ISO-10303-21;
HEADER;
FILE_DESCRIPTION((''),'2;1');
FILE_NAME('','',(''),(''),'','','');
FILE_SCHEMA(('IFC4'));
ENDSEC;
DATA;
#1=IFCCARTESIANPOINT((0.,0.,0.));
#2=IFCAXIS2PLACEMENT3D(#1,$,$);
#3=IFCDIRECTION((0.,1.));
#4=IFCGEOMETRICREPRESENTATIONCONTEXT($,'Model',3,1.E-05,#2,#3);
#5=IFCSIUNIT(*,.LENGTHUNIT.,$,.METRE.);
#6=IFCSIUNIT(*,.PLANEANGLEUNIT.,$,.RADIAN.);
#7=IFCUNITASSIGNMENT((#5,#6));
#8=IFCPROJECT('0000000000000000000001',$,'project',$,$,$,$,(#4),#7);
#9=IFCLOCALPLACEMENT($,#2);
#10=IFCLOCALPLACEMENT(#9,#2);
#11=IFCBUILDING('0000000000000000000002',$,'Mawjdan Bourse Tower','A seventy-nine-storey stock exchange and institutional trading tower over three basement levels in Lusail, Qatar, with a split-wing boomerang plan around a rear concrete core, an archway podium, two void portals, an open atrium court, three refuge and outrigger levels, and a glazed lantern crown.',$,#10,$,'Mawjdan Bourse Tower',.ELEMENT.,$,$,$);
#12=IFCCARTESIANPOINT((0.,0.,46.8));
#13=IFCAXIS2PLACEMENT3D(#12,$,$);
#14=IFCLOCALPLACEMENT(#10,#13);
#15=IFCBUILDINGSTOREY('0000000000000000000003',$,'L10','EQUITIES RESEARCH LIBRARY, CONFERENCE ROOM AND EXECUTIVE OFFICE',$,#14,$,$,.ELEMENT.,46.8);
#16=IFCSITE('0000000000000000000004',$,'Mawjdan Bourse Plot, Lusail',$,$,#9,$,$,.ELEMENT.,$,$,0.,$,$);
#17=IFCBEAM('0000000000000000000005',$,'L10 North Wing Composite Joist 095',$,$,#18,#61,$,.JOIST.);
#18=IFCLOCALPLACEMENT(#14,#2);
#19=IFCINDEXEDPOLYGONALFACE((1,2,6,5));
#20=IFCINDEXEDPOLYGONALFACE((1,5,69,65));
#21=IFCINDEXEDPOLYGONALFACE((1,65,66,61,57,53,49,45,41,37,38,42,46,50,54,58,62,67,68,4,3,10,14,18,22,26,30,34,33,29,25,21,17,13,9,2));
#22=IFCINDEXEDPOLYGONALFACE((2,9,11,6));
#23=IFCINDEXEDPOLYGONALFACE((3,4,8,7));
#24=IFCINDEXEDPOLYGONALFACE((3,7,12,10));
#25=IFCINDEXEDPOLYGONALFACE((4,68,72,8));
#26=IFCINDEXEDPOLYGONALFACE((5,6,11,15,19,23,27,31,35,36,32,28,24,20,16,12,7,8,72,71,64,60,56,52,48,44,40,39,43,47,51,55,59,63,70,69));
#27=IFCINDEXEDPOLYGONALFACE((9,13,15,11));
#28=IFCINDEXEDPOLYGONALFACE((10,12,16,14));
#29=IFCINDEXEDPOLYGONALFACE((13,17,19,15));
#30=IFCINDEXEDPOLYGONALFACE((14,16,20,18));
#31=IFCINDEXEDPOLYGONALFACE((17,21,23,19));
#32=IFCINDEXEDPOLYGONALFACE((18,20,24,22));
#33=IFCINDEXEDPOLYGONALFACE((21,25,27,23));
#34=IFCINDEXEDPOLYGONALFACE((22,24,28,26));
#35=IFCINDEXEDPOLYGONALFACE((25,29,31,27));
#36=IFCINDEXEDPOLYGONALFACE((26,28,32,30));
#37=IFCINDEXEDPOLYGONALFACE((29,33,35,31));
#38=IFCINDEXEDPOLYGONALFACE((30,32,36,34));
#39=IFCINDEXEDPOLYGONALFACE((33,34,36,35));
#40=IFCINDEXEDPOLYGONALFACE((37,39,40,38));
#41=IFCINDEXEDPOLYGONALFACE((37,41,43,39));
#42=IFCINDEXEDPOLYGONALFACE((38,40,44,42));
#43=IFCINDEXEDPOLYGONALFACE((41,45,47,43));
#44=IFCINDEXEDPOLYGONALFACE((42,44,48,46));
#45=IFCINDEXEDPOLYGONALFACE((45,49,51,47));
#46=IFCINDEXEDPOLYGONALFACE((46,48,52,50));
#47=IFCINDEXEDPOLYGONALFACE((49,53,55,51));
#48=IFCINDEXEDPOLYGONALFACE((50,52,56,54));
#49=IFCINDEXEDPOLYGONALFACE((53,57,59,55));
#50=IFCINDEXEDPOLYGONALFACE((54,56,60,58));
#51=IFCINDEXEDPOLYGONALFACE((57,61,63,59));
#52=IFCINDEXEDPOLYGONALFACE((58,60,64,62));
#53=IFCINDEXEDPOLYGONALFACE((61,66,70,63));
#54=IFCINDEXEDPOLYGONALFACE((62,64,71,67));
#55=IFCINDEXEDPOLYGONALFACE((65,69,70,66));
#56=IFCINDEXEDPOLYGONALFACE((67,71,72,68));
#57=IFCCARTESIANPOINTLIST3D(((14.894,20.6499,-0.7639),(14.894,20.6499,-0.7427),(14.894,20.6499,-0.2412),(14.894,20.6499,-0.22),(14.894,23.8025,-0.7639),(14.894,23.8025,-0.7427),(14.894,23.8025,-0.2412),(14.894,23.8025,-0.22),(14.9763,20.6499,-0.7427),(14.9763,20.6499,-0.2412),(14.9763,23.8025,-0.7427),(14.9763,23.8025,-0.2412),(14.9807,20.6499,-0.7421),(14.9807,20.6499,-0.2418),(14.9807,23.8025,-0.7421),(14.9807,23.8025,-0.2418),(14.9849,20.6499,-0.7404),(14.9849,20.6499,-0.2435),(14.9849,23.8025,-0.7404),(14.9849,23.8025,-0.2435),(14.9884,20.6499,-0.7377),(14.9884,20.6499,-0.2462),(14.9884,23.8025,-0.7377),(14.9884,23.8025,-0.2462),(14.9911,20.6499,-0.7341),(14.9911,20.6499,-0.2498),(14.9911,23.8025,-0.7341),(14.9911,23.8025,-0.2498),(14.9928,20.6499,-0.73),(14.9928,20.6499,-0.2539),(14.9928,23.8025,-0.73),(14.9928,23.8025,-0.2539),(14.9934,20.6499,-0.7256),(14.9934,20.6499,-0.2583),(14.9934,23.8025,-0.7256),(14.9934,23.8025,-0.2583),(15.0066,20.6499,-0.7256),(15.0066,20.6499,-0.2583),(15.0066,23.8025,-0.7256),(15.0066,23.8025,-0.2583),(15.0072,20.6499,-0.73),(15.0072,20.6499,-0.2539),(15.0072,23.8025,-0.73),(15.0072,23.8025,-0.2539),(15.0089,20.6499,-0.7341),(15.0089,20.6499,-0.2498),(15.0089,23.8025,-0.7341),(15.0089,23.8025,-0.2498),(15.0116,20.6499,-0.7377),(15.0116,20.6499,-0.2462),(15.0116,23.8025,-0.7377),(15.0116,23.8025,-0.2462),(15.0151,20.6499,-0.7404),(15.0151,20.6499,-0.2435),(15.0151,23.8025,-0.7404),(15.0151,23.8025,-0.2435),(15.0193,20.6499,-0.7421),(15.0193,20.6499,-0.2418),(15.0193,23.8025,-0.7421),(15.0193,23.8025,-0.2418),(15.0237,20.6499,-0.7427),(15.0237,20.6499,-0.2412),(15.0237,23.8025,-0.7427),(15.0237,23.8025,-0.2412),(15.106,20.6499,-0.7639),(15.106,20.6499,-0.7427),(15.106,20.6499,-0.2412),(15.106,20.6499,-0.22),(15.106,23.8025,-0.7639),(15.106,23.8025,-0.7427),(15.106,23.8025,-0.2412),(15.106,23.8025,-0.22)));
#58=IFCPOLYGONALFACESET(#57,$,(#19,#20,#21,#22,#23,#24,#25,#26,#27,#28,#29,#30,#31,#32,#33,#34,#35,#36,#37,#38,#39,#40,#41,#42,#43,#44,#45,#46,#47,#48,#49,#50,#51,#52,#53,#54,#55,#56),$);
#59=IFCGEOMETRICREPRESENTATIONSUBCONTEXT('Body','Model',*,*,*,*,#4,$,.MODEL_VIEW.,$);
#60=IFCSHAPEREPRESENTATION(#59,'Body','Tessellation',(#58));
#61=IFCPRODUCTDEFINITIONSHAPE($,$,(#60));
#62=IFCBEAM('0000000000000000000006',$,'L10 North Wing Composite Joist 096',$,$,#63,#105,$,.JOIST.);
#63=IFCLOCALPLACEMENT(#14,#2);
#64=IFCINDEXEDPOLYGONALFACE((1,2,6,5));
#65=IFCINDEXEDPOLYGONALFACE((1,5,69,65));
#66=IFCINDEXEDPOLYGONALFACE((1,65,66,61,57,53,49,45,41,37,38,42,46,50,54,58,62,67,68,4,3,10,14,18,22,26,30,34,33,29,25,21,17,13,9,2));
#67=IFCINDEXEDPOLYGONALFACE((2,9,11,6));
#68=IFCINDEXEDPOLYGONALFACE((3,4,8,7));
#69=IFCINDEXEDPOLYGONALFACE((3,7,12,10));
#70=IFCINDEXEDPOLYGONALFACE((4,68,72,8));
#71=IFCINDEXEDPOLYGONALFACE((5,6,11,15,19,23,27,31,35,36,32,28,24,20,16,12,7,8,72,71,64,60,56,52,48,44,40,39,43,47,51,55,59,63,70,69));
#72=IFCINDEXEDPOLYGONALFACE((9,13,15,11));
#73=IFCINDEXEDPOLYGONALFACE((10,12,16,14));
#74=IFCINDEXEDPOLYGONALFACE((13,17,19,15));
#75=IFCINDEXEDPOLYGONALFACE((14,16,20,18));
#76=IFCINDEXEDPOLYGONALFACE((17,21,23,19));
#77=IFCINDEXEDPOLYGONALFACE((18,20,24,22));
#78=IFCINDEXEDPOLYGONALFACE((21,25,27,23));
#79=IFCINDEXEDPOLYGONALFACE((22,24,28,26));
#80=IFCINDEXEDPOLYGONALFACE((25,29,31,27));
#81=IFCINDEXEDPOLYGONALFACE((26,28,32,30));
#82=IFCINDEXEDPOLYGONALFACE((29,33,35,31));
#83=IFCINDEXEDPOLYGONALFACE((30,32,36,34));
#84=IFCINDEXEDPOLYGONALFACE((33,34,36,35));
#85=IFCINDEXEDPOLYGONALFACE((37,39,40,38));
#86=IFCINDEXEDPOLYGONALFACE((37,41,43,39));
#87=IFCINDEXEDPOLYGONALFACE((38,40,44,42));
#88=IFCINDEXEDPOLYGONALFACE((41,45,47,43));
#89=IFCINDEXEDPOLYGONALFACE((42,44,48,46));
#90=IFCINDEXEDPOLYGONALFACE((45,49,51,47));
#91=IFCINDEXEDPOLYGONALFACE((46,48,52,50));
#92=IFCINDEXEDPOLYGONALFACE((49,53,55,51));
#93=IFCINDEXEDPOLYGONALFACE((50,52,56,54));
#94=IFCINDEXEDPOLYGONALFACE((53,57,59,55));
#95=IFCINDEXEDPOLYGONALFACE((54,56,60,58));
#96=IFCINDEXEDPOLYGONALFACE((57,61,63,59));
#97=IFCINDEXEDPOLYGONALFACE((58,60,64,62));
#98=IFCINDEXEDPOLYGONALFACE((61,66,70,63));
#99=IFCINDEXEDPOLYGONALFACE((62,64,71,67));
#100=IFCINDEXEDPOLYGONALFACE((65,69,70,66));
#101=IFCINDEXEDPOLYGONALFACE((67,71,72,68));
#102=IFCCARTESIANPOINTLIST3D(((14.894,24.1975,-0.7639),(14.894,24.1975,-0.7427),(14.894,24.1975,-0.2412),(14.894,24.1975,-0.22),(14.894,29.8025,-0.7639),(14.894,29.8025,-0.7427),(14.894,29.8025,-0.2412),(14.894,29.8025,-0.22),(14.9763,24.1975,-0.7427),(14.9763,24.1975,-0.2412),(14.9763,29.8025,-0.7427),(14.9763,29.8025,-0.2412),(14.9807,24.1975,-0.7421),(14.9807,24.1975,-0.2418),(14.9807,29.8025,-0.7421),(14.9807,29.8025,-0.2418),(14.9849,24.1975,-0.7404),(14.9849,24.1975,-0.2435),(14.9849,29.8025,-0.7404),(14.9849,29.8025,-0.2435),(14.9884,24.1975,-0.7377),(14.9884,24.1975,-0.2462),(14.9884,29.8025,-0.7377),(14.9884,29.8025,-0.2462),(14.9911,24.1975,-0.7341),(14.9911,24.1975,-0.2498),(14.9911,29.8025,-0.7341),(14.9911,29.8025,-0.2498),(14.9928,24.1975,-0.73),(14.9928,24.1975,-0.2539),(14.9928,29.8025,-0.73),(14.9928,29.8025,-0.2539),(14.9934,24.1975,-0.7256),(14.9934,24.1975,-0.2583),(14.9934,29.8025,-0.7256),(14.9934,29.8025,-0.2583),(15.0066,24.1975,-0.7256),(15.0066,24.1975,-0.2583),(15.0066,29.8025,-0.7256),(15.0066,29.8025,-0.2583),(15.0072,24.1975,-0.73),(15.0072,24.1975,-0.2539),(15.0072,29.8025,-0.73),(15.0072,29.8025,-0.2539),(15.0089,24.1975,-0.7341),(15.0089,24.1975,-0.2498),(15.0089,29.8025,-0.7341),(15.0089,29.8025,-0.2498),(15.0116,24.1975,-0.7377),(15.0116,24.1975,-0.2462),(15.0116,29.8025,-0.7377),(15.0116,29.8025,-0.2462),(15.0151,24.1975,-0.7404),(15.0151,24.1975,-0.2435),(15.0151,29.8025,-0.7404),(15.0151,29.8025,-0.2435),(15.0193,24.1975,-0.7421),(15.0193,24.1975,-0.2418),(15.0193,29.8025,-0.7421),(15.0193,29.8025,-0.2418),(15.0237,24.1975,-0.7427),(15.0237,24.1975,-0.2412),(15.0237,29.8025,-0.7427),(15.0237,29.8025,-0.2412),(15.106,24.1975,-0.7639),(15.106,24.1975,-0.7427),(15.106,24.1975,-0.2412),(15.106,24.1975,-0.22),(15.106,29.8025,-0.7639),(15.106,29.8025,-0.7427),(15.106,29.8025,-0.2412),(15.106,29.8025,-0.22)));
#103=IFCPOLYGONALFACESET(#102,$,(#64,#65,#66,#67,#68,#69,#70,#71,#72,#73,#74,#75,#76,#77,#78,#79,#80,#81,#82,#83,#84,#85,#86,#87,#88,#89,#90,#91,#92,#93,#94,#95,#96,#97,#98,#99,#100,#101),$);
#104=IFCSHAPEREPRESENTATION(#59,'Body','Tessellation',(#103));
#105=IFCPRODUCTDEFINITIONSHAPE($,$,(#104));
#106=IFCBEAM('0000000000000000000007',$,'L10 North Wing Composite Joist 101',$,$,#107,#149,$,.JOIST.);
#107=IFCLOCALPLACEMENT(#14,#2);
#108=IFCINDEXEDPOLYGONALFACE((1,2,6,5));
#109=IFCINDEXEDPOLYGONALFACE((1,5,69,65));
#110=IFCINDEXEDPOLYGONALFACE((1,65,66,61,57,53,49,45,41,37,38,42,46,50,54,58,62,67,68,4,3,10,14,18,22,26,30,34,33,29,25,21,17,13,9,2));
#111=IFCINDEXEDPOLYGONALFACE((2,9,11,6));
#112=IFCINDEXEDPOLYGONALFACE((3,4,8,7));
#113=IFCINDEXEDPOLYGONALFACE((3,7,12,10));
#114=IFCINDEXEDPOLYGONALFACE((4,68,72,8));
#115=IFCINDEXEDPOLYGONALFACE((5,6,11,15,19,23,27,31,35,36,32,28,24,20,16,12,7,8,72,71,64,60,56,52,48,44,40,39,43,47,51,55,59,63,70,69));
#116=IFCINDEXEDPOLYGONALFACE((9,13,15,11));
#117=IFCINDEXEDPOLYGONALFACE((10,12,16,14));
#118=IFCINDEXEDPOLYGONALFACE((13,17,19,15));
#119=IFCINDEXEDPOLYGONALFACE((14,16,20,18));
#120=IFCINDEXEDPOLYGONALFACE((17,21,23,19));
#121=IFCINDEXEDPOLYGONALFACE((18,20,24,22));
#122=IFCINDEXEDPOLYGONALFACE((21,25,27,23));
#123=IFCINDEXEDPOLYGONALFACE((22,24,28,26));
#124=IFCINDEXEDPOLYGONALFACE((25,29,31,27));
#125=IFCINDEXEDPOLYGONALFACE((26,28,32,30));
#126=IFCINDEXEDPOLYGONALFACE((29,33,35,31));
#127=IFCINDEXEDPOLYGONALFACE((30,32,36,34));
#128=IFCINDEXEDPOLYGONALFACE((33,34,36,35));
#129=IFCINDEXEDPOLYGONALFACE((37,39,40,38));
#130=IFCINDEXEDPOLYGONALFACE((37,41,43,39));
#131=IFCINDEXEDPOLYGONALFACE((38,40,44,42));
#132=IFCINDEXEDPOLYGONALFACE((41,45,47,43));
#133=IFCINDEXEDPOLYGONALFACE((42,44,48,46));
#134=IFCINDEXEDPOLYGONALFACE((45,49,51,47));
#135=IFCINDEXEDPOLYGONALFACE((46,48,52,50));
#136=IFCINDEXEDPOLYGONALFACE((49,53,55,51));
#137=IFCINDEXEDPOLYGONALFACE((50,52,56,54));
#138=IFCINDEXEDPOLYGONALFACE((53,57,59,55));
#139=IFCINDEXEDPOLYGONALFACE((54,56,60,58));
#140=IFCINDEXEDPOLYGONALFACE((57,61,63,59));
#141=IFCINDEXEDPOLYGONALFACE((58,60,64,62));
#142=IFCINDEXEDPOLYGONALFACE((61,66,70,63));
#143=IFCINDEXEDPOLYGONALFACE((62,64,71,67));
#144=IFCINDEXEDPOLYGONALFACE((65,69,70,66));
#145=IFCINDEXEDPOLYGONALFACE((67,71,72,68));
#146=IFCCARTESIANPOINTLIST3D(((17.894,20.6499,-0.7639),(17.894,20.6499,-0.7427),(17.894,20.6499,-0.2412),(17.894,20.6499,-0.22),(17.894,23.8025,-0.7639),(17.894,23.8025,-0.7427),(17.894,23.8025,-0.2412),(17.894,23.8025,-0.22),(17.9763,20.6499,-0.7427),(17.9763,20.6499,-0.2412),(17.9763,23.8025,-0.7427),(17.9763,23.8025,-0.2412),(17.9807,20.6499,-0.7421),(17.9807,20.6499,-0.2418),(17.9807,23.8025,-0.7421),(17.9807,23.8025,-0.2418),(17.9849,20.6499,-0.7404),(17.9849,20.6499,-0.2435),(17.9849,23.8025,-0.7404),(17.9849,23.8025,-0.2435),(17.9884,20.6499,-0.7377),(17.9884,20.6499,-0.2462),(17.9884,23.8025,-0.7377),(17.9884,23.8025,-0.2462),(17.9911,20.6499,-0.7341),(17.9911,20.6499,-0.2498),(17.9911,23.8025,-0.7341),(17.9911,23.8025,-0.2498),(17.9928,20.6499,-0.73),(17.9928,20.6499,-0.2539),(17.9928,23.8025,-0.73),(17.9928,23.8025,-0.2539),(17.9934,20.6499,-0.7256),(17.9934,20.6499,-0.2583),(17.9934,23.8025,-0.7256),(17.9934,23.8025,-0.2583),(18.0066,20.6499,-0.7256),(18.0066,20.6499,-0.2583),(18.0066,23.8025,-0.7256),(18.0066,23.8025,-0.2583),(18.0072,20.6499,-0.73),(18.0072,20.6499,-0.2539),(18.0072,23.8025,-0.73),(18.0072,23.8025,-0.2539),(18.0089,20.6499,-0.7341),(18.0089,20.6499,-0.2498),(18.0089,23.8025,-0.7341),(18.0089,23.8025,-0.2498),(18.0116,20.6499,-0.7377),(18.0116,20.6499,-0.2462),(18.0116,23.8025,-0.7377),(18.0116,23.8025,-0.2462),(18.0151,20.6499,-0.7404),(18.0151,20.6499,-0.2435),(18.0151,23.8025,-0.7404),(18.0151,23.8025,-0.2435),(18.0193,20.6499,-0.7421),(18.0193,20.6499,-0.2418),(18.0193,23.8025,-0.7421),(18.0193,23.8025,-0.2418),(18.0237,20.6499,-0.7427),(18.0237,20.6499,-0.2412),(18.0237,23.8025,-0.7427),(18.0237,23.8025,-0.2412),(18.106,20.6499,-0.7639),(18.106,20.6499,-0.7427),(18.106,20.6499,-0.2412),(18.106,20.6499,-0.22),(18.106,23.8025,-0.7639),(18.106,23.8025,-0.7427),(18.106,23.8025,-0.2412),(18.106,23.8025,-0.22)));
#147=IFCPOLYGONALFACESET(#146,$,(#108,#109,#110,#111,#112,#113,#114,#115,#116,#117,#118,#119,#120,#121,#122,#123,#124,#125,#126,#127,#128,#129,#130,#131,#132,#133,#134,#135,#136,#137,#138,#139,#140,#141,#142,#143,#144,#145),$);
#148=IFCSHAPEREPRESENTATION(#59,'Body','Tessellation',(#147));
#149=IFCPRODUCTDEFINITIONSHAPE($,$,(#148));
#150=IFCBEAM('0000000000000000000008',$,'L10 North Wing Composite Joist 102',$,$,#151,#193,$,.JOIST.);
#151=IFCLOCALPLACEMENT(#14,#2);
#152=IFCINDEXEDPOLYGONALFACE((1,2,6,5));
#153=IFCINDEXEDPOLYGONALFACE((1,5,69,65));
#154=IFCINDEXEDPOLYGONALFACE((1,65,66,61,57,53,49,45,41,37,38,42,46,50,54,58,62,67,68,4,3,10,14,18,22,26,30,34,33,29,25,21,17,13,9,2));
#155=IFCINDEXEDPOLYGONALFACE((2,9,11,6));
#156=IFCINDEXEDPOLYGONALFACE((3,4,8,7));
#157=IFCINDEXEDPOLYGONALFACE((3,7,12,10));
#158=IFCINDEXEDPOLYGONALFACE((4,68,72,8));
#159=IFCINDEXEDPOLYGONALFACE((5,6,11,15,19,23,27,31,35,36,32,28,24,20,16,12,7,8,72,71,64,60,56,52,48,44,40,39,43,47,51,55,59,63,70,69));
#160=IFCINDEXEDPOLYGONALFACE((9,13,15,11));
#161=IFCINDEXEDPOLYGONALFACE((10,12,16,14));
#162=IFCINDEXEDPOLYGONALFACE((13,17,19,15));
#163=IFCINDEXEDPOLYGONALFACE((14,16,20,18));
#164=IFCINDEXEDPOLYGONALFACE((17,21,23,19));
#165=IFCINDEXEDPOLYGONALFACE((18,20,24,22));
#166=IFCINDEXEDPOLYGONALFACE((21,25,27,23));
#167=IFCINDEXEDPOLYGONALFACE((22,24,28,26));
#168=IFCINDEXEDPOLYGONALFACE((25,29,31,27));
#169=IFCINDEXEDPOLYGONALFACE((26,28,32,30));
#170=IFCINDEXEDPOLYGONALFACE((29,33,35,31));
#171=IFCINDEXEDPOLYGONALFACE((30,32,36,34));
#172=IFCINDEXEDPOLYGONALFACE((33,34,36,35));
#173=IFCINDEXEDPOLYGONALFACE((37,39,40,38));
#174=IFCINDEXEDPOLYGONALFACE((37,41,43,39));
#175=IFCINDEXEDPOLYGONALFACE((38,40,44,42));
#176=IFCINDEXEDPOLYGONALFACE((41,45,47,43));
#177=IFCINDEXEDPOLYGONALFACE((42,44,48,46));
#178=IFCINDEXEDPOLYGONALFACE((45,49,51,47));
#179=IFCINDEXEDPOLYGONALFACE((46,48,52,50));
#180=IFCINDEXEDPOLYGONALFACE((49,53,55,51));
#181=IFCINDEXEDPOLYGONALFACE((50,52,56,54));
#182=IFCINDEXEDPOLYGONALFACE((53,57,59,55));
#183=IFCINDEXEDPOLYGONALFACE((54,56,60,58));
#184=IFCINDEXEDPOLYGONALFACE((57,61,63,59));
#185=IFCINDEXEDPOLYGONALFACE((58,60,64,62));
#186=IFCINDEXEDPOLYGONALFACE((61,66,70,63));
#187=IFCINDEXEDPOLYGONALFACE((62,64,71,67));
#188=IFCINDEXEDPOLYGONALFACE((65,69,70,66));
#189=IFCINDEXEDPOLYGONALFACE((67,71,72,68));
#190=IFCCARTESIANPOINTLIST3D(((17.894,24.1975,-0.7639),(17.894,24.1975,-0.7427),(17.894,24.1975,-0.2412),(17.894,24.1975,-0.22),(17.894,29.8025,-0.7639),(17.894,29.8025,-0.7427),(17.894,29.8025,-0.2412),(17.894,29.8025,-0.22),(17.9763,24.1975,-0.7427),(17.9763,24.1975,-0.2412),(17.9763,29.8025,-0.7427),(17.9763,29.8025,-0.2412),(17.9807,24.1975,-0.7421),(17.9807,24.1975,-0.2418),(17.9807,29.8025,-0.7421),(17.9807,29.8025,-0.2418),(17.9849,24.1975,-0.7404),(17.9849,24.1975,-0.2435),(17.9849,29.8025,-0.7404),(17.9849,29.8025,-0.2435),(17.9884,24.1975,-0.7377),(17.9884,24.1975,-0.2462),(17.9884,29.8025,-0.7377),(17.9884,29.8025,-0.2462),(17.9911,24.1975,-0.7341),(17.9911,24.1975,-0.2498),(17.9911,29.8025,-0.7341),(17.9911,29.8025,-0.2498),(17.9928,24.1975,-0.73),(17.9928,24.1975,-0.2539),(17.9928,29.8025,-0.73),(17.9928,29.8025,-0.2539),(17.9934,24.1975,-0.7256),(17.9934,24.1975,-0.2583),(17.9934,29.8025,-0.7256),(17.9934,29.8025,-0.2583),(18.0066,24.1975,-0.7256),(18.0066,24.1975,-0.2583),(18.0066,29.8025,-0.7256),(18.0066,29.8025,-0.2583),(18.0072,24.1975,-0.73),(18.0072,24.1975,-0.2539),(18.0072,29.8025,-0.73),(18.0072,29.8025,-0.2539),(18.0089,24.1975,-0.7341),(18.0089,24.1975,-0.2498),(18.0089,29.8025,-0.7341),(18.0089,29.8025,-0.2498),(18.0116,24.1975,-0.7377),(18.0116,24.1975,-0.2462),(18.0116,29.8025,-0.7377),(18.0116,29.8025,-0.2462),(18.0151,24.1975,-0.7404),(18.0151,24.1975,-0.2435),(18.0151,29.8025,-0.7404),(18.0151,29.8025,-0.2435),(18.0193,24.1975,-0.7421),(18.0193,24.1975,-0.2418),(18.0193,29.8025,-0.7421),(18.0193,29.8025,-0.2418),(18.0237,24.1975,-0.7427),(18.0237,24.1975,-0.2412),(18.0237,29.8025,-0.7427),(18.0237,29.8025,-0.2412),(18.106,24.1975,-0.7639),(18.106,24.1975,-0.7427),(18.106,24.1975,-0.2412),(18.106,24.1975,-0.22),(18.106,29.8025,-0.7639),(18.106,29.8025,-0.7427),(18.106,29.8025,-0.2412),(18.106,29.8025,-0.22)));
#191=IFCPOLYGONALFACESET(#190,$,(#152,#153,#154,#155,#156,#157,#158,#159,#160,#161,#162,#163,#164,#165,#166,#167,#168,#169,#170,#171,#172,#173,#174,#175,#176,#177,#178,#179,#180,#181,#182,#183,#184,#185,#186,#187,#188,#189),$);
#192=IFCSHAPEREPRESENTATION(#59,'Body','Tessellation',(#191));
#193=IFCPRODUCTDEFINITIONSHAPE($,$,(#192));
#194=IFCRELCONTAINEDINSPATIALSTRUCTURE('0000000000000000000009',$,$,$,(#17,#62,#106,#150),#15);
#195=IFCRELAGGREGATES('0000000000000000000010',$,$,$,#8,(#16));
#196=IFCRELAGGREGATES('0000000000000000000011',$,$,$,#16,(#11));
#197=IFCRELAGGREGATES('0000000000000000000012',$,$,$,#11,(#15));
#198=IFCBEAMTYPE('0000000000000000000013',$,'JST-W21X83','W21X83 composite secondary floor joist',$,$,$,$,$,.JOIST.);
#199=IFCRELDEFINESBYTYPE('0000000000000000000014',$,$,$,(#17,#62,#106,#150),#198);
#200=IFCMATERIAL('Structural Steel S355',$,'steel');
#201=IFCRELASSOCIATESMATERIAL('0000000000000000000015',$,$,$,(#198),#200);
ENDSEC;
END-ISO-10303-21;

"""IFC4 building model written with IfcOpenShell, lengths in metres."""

from ifc_helpers import new_model, si_unit, direction, frame, origin, origin_2d, place, context, subcontext, project, spatial, i_section, extrude, material, material_profile, profile_set, type_object, element, save


model = new_model("IFC4")

# Units and contexts
model_context = context("Model", 3, precision=1e-05, world=origin(), true_north=direction((0.0, 1.0)))
body_context = subcontext(model_context, "Body", "Model", "MODEL_VIEW")
ifc_project = project(units=[si_unit("LENGTHUNIT", "METRE"), si_unit("PLANEANGLEUNIT", "RADIAN")], contexts=[model_context])

# Site, building, storey
site_placement = place(None, origin())
site = spatial("IfcSite", under=ifc_project, at=site_placement, Name="Mawjdan Bourse Plot, Lusail", CompositionType="ELEMENT", RefElevation=0.0)
building_placement = place(site_placement, origin())
building = spatial("IfcBuilding", under=site, at=building_placement, Name="Mawjdan Bourse Tower", Description="A seventy-nine-storey stock exchange and institutional trading tower over three basement levels in Lusail, Qatar, with a split-wing boomerang plan around a rear concrete core, an archway podium, two void portals, an open atrium court, three refuge and outrigger levels, and a glazed lantern crown.", LongName="Mawjdan Bourse Tower", CompositionType="ELEMENT")
storey_placement = place(building_placement, frame((0.0, 0.0, 46.8)))
storey = spatial("IfcBuildingStorey", under=building, at=storey_placement, Name="L10", Description="EQUITIES RESEARCH LIBRARY, CONFERENCE ROOM AND EXECUTIVE OFFICE", CompositionType="ELEMENT", Elevation=46.8)

# Beams
ifc_material_1 = material(Name="Structural Steel S355", Category="steel")
ifc_material_profile_1 = material_profile(ifc_material_1, i_section(OverallWidth=0.2119, OverallDepth=0.5439, WebThickness=0.0132, FlangeThickness=0.0212, FilletRadius=0.0171, at=origin_2d()), Name="W21X83")
ifc_profile_set_1 = profile_set([ifc_material_profile_1], Name="Structural Steel S355")
beam_type_1 = type_object("IfcBeamType", Name="JST-W21X83", Description="W21X83 composite secondary floor joist", PredefinedType="JOIST", material=ifc_profile_set_1)
beam_1_placement = place(storey_placement, frame((15.0, 20.6499, -0.4919), z_axis=(0.0, 1.0, 0.0), x_axis=(-1.0, 0.0, 0.0)))
element("IfcBeam", 1, at=beam_1_placement, inside=storey, type_object=beam_type_1, Name="L10 North Wing Composite Joist 095", PredefinedType="JOIST", context=body_context, shape_type="SweptSolid", body=[
    extrude(i_section(OverallWidth=0.2119, OverallDepth=0.5439, WebThickness=0.0132, FlangeThickness=0.0212, FilletRadius=0.0171, at=origin_2d()), origin(), (0.0, 0.0, 1.0), 3.1526),
])
beam_2_placement = place(storey_placement, frame((15.0, 24.1975, -0.4919), z_axis=(0.0, 1.0, 0.0), x_axis=(-1.0, 0.0, 0.0)))
element("IfcBeam", 2, at=beam_2_placement, inside=storey, type_object=beam_type_1, Name="L10 North Wing Composite Joist 096", PredefinedType="JOIST", context=body_context, shape_type="SweptSolid", body=[
    extrude(i_section(OverallWidth=0.2119, OverallDepth=0.5439, WebThickness=0.0132, FlangeThickness=0.0212, FilletRadius=0.0171, at=origin_2d()), origin(), (0.0, 0.0, 1.0), 5.605),
])
beam_3_placement = place(storey_placement, frame((18.0, 20.6499, -0.4919), z_axis=(0.0, 1.0, 0.0), x_axis=(-1.0, 0.0, 0.0)))
element("IfcBeam", 3, at=beam_3_placement, inside=storey, type_object=beam_type_1, Name="L10 North Wing Composite Joist 101", PredefinedType="JOIST", context=body_context, shape_type="SweptSolid", body=[
    extrude(i_section(OverallWidth=0.2119, OverallDepth=0.5439, WebThickness=0.0132, FlangeThickness=0.0212, FilletRadius=0.0171, at=origin_2d()), origin(), (0.0, 0.0, 1.0), 3.1526),
])
beam_4_placement = place(storey_placement, frame((18.0, 24.1975, -0.4919), z_axis=(0.0, 1.0, 0.0), x_axis=(-1.0, 0.0, 0.0)))
element("IfcBeam", 4, at=beam_4_placement, inside=storey, type_object=beam_type_1, Name="L10 North Wing Composite Joist 102", PredefinedType="JOIST", context=body_context, shape_type="SweptSolid", body=[
    extrude(i_section(OverallWidth=0.2119, OverallDepth=0.5439, WebThickness=0.0132, FlangeThickness=0.0212, FilletRadius=0.0171, at=origin_2d()), origin(), (0.0, 0.0, 1.0), 5.605),
])

save(model, "model.ifc")
